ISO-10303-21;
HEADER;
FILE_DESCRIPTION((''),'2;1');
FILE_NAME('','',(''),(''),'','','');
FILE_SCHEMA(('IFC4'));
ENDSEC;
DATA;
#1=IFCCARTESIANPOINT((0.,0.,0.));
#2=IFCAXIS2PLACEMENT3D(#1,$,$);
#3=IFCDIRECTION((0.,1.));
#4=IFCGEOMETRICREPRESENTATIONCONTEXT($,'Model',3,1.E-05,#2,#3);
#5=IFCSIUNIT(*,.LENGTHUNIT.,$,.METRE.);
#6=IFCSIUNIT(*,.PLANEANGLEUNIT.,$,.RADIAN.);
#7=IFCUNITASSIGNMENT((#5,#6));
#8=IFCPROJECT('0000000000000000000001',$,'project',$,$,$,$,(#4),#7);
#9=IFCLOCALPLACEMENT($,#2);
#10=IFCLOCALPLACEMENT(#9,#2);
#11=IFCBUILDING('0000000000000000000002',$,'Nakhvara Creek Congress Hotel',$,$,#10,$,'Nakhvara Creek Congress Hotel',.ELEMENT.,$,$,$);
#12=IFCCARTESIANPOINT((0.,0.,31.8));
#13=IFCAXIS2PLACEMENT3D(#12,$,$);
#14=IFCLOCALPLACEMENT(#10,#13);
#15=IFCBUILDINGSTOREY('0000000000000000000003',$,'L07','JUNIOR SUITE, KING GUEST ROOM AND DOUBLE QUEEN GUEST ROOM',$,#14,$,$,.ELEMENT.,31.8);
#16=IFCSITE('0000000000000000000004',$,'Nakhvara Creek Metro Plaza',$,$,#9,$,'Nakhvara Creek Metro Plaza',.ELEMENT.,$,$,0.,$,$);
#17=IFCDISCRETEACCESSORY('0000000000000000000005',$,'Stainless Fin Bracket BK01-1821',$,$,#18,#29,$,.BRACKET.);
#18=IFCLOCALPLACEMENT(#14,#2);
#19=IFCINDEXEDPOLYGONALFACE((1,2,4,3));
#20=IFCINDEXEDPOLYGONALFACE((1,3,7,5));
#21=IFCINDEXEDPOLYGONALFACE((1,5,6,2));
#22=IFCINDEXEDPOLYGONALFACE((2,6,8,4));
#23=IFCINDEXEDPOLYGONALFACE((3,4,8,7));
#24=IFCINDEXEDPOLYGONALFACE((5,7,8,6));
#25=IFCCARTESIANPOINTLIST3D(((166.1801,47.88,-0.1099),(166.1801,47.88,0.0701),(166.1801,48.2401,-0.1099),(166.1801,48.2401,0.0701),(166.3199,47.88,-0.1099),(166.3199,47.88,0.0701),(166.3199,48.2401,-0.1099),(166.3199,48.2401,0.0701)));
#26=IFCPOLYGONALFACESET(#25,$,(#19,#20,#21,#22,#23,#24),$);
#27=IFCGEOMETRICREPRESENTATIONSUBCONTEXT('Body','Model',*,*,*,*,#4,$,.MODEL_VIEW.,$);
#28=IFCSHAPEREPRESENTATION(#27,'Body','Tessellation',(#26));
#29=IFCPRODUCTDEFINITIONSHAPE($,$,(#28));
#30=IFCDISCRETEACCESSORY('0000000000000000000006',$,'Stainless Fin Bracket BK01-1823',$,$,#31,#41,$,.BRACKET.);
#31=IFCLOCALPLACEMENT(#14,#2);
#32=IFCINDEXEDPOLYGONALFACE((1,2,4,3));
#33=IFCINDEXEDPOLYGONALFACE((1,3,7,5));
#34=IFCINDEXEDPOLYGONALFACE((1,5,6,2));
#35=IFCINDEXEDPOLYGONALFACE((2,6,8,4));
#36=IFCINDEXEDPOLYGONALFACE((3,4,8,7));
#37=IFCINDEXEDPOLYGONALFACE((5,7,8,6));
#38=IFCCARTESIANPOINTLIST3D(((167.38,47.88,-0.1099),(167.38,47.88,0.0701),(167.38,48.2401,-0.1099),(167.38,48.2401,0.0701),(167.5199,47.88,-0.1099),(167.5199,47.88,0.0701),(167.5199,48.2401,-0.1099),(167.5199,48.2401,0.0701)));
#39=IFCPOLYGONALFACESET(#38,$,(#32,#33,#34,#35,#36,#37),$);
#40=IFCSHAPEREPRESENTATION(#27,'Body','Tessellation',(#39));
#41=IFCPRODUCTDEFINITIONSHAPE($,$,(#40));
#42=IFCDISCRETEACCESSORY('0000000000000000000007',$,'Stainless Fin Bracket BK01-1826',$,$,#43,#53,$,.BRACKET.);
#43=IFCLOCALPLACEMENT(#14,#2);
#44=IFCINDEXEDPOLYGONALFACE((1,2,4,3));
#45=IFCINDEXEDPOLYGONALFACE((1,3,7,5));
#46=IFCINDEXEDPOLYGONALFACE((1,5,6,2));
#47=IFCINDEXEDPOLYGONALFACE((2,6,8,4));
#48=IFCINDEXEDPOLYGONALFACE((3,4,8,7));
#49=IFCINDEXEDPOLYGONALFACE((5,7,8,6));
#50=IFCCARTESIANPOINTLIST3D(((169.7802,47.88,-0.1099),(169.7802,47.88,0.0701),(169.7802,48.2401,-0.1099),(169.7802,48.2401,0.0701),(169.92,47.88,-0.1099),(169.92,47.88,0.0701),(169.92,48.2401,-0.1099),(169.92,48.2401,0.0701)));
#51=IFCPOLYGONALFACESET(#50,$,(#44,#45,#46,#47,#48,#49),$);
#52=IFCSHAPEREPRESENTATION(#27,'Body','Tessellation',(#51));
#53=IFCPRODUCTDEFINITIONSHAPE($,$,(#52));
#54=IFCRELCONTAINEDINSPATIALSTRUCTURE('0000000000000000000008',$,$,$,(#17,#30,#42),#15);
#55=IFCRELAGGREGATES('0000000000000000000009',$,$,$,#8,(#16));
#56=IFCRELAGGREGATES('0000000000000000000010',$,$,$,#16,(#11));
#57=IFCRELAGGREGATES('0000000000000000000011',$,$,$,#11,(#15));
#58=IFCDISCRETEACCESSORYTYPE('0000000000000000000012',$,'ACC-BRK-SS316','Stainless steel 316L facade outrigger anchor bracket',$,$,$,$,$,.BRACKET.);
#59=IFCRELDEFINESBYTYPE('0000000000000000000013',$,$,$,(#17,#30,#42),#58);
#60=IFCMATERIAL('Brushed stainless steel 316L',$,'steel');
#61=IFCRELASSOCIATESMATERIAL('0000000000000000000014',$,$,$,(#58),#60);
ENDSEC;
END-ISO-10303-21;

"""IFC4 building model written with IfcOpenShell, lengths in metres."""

from ifc_helpers import new_model, si_unit, direction, frame, origin, origin_2d, place, context, subcontext, project, spatial, rectangle, extrude, material, type_object, element, save


model = new_model("IFC4")

# Units and contexts
model_context = context("Model", 3, precision=1e-05, world=origin(), true_north=direction((0.0, 1.0)))
body_context = subcontext(model_context, "Body", "Model", "MODEL_VIEW")
ifc_project = project(units=[si_unit("LENGTHUNIT", "METRE"), si_unit("PLANEANGLEUNIT", "RADIAN")], contexts=[model_context])

# Site, building, storey
site_placement = place(None, origin())
site = spatial("IfcSite", under=ifc_project, at=site_placement, Name="Nakhvara Creek Metro Plaza", LongName="Nakhvara Creek Metro Plaza", CompositionType="ELEMENT", RefElevation=0.0)
building_placement = place(site_placement, origin())
building = spatial("IfcBuilding", under=site, at=building_placement, Name="Nakhvara Creek Congress Hotel", LongName="Nakhvara Creek Congress Hotel", CompositionType="ELEMENT")
storey_placement = place(building_placement, frame((0.0, 0.0, 31.8)))
storey = spatial("IfcBuildingStorey", under=building, at=storey_placement, Name="L07", Description="JUNIOR SUITE, KING GUEST ROOM AND DOUBLE QUEEN GUEST ROOM", CompositionType="ELEMENT", Elevation=31.8)

# Discrete accessories
ifc_material_1 = material(Name="Brushed stainless steel 316L", Category="steel")
discrete_accessory_type = type_object("IfcDiscreteAccessoryType", Name="ACC-BRK-SS316", Description="Stainless steel 316L facade outrigger anchor bracket", PredefinedType="BRACKET", material=ifc_material_1)
for number, where, z_axis, x_axis, name in (
    (1, (166.25, 48.0601, -0.1099), (0.0, 0.0, 1.0), (1.0, 0.0, 0.0), "Stainless Fin Bracket BK01-1821"),
    (2, (167.45, 48.0601, -0.1099), (0.0, 0.0, 1.0), (1.0, 0.0, 0.0), "Stainless Fin Bracket BK01-1823"),
    (3, (169.8501, 48.0601, -0.1099), (0.0, 0.0, 1.0), (1.0, 0.0, 0.0), "Stainless Fin Bracket BK01-1826"),
):
    element("IfcDiscreteAccessory", number, at=place(storey_placement, frame(where, z_axis=z_axis, x_axis=x_axis)), inside=storey, type_object=discrete_accessory_type, Name=name, PredefinedType="BRACKET", context=body_context, shape_type="SweptSolid", body=[
        extrude(rectangle(XDim=0.1399, YDim=0.3601, at=origin_2d()), origin(), (0.0, 0.0, 1.0), 0.1799),
    ])

save(model, "model.ifc")
